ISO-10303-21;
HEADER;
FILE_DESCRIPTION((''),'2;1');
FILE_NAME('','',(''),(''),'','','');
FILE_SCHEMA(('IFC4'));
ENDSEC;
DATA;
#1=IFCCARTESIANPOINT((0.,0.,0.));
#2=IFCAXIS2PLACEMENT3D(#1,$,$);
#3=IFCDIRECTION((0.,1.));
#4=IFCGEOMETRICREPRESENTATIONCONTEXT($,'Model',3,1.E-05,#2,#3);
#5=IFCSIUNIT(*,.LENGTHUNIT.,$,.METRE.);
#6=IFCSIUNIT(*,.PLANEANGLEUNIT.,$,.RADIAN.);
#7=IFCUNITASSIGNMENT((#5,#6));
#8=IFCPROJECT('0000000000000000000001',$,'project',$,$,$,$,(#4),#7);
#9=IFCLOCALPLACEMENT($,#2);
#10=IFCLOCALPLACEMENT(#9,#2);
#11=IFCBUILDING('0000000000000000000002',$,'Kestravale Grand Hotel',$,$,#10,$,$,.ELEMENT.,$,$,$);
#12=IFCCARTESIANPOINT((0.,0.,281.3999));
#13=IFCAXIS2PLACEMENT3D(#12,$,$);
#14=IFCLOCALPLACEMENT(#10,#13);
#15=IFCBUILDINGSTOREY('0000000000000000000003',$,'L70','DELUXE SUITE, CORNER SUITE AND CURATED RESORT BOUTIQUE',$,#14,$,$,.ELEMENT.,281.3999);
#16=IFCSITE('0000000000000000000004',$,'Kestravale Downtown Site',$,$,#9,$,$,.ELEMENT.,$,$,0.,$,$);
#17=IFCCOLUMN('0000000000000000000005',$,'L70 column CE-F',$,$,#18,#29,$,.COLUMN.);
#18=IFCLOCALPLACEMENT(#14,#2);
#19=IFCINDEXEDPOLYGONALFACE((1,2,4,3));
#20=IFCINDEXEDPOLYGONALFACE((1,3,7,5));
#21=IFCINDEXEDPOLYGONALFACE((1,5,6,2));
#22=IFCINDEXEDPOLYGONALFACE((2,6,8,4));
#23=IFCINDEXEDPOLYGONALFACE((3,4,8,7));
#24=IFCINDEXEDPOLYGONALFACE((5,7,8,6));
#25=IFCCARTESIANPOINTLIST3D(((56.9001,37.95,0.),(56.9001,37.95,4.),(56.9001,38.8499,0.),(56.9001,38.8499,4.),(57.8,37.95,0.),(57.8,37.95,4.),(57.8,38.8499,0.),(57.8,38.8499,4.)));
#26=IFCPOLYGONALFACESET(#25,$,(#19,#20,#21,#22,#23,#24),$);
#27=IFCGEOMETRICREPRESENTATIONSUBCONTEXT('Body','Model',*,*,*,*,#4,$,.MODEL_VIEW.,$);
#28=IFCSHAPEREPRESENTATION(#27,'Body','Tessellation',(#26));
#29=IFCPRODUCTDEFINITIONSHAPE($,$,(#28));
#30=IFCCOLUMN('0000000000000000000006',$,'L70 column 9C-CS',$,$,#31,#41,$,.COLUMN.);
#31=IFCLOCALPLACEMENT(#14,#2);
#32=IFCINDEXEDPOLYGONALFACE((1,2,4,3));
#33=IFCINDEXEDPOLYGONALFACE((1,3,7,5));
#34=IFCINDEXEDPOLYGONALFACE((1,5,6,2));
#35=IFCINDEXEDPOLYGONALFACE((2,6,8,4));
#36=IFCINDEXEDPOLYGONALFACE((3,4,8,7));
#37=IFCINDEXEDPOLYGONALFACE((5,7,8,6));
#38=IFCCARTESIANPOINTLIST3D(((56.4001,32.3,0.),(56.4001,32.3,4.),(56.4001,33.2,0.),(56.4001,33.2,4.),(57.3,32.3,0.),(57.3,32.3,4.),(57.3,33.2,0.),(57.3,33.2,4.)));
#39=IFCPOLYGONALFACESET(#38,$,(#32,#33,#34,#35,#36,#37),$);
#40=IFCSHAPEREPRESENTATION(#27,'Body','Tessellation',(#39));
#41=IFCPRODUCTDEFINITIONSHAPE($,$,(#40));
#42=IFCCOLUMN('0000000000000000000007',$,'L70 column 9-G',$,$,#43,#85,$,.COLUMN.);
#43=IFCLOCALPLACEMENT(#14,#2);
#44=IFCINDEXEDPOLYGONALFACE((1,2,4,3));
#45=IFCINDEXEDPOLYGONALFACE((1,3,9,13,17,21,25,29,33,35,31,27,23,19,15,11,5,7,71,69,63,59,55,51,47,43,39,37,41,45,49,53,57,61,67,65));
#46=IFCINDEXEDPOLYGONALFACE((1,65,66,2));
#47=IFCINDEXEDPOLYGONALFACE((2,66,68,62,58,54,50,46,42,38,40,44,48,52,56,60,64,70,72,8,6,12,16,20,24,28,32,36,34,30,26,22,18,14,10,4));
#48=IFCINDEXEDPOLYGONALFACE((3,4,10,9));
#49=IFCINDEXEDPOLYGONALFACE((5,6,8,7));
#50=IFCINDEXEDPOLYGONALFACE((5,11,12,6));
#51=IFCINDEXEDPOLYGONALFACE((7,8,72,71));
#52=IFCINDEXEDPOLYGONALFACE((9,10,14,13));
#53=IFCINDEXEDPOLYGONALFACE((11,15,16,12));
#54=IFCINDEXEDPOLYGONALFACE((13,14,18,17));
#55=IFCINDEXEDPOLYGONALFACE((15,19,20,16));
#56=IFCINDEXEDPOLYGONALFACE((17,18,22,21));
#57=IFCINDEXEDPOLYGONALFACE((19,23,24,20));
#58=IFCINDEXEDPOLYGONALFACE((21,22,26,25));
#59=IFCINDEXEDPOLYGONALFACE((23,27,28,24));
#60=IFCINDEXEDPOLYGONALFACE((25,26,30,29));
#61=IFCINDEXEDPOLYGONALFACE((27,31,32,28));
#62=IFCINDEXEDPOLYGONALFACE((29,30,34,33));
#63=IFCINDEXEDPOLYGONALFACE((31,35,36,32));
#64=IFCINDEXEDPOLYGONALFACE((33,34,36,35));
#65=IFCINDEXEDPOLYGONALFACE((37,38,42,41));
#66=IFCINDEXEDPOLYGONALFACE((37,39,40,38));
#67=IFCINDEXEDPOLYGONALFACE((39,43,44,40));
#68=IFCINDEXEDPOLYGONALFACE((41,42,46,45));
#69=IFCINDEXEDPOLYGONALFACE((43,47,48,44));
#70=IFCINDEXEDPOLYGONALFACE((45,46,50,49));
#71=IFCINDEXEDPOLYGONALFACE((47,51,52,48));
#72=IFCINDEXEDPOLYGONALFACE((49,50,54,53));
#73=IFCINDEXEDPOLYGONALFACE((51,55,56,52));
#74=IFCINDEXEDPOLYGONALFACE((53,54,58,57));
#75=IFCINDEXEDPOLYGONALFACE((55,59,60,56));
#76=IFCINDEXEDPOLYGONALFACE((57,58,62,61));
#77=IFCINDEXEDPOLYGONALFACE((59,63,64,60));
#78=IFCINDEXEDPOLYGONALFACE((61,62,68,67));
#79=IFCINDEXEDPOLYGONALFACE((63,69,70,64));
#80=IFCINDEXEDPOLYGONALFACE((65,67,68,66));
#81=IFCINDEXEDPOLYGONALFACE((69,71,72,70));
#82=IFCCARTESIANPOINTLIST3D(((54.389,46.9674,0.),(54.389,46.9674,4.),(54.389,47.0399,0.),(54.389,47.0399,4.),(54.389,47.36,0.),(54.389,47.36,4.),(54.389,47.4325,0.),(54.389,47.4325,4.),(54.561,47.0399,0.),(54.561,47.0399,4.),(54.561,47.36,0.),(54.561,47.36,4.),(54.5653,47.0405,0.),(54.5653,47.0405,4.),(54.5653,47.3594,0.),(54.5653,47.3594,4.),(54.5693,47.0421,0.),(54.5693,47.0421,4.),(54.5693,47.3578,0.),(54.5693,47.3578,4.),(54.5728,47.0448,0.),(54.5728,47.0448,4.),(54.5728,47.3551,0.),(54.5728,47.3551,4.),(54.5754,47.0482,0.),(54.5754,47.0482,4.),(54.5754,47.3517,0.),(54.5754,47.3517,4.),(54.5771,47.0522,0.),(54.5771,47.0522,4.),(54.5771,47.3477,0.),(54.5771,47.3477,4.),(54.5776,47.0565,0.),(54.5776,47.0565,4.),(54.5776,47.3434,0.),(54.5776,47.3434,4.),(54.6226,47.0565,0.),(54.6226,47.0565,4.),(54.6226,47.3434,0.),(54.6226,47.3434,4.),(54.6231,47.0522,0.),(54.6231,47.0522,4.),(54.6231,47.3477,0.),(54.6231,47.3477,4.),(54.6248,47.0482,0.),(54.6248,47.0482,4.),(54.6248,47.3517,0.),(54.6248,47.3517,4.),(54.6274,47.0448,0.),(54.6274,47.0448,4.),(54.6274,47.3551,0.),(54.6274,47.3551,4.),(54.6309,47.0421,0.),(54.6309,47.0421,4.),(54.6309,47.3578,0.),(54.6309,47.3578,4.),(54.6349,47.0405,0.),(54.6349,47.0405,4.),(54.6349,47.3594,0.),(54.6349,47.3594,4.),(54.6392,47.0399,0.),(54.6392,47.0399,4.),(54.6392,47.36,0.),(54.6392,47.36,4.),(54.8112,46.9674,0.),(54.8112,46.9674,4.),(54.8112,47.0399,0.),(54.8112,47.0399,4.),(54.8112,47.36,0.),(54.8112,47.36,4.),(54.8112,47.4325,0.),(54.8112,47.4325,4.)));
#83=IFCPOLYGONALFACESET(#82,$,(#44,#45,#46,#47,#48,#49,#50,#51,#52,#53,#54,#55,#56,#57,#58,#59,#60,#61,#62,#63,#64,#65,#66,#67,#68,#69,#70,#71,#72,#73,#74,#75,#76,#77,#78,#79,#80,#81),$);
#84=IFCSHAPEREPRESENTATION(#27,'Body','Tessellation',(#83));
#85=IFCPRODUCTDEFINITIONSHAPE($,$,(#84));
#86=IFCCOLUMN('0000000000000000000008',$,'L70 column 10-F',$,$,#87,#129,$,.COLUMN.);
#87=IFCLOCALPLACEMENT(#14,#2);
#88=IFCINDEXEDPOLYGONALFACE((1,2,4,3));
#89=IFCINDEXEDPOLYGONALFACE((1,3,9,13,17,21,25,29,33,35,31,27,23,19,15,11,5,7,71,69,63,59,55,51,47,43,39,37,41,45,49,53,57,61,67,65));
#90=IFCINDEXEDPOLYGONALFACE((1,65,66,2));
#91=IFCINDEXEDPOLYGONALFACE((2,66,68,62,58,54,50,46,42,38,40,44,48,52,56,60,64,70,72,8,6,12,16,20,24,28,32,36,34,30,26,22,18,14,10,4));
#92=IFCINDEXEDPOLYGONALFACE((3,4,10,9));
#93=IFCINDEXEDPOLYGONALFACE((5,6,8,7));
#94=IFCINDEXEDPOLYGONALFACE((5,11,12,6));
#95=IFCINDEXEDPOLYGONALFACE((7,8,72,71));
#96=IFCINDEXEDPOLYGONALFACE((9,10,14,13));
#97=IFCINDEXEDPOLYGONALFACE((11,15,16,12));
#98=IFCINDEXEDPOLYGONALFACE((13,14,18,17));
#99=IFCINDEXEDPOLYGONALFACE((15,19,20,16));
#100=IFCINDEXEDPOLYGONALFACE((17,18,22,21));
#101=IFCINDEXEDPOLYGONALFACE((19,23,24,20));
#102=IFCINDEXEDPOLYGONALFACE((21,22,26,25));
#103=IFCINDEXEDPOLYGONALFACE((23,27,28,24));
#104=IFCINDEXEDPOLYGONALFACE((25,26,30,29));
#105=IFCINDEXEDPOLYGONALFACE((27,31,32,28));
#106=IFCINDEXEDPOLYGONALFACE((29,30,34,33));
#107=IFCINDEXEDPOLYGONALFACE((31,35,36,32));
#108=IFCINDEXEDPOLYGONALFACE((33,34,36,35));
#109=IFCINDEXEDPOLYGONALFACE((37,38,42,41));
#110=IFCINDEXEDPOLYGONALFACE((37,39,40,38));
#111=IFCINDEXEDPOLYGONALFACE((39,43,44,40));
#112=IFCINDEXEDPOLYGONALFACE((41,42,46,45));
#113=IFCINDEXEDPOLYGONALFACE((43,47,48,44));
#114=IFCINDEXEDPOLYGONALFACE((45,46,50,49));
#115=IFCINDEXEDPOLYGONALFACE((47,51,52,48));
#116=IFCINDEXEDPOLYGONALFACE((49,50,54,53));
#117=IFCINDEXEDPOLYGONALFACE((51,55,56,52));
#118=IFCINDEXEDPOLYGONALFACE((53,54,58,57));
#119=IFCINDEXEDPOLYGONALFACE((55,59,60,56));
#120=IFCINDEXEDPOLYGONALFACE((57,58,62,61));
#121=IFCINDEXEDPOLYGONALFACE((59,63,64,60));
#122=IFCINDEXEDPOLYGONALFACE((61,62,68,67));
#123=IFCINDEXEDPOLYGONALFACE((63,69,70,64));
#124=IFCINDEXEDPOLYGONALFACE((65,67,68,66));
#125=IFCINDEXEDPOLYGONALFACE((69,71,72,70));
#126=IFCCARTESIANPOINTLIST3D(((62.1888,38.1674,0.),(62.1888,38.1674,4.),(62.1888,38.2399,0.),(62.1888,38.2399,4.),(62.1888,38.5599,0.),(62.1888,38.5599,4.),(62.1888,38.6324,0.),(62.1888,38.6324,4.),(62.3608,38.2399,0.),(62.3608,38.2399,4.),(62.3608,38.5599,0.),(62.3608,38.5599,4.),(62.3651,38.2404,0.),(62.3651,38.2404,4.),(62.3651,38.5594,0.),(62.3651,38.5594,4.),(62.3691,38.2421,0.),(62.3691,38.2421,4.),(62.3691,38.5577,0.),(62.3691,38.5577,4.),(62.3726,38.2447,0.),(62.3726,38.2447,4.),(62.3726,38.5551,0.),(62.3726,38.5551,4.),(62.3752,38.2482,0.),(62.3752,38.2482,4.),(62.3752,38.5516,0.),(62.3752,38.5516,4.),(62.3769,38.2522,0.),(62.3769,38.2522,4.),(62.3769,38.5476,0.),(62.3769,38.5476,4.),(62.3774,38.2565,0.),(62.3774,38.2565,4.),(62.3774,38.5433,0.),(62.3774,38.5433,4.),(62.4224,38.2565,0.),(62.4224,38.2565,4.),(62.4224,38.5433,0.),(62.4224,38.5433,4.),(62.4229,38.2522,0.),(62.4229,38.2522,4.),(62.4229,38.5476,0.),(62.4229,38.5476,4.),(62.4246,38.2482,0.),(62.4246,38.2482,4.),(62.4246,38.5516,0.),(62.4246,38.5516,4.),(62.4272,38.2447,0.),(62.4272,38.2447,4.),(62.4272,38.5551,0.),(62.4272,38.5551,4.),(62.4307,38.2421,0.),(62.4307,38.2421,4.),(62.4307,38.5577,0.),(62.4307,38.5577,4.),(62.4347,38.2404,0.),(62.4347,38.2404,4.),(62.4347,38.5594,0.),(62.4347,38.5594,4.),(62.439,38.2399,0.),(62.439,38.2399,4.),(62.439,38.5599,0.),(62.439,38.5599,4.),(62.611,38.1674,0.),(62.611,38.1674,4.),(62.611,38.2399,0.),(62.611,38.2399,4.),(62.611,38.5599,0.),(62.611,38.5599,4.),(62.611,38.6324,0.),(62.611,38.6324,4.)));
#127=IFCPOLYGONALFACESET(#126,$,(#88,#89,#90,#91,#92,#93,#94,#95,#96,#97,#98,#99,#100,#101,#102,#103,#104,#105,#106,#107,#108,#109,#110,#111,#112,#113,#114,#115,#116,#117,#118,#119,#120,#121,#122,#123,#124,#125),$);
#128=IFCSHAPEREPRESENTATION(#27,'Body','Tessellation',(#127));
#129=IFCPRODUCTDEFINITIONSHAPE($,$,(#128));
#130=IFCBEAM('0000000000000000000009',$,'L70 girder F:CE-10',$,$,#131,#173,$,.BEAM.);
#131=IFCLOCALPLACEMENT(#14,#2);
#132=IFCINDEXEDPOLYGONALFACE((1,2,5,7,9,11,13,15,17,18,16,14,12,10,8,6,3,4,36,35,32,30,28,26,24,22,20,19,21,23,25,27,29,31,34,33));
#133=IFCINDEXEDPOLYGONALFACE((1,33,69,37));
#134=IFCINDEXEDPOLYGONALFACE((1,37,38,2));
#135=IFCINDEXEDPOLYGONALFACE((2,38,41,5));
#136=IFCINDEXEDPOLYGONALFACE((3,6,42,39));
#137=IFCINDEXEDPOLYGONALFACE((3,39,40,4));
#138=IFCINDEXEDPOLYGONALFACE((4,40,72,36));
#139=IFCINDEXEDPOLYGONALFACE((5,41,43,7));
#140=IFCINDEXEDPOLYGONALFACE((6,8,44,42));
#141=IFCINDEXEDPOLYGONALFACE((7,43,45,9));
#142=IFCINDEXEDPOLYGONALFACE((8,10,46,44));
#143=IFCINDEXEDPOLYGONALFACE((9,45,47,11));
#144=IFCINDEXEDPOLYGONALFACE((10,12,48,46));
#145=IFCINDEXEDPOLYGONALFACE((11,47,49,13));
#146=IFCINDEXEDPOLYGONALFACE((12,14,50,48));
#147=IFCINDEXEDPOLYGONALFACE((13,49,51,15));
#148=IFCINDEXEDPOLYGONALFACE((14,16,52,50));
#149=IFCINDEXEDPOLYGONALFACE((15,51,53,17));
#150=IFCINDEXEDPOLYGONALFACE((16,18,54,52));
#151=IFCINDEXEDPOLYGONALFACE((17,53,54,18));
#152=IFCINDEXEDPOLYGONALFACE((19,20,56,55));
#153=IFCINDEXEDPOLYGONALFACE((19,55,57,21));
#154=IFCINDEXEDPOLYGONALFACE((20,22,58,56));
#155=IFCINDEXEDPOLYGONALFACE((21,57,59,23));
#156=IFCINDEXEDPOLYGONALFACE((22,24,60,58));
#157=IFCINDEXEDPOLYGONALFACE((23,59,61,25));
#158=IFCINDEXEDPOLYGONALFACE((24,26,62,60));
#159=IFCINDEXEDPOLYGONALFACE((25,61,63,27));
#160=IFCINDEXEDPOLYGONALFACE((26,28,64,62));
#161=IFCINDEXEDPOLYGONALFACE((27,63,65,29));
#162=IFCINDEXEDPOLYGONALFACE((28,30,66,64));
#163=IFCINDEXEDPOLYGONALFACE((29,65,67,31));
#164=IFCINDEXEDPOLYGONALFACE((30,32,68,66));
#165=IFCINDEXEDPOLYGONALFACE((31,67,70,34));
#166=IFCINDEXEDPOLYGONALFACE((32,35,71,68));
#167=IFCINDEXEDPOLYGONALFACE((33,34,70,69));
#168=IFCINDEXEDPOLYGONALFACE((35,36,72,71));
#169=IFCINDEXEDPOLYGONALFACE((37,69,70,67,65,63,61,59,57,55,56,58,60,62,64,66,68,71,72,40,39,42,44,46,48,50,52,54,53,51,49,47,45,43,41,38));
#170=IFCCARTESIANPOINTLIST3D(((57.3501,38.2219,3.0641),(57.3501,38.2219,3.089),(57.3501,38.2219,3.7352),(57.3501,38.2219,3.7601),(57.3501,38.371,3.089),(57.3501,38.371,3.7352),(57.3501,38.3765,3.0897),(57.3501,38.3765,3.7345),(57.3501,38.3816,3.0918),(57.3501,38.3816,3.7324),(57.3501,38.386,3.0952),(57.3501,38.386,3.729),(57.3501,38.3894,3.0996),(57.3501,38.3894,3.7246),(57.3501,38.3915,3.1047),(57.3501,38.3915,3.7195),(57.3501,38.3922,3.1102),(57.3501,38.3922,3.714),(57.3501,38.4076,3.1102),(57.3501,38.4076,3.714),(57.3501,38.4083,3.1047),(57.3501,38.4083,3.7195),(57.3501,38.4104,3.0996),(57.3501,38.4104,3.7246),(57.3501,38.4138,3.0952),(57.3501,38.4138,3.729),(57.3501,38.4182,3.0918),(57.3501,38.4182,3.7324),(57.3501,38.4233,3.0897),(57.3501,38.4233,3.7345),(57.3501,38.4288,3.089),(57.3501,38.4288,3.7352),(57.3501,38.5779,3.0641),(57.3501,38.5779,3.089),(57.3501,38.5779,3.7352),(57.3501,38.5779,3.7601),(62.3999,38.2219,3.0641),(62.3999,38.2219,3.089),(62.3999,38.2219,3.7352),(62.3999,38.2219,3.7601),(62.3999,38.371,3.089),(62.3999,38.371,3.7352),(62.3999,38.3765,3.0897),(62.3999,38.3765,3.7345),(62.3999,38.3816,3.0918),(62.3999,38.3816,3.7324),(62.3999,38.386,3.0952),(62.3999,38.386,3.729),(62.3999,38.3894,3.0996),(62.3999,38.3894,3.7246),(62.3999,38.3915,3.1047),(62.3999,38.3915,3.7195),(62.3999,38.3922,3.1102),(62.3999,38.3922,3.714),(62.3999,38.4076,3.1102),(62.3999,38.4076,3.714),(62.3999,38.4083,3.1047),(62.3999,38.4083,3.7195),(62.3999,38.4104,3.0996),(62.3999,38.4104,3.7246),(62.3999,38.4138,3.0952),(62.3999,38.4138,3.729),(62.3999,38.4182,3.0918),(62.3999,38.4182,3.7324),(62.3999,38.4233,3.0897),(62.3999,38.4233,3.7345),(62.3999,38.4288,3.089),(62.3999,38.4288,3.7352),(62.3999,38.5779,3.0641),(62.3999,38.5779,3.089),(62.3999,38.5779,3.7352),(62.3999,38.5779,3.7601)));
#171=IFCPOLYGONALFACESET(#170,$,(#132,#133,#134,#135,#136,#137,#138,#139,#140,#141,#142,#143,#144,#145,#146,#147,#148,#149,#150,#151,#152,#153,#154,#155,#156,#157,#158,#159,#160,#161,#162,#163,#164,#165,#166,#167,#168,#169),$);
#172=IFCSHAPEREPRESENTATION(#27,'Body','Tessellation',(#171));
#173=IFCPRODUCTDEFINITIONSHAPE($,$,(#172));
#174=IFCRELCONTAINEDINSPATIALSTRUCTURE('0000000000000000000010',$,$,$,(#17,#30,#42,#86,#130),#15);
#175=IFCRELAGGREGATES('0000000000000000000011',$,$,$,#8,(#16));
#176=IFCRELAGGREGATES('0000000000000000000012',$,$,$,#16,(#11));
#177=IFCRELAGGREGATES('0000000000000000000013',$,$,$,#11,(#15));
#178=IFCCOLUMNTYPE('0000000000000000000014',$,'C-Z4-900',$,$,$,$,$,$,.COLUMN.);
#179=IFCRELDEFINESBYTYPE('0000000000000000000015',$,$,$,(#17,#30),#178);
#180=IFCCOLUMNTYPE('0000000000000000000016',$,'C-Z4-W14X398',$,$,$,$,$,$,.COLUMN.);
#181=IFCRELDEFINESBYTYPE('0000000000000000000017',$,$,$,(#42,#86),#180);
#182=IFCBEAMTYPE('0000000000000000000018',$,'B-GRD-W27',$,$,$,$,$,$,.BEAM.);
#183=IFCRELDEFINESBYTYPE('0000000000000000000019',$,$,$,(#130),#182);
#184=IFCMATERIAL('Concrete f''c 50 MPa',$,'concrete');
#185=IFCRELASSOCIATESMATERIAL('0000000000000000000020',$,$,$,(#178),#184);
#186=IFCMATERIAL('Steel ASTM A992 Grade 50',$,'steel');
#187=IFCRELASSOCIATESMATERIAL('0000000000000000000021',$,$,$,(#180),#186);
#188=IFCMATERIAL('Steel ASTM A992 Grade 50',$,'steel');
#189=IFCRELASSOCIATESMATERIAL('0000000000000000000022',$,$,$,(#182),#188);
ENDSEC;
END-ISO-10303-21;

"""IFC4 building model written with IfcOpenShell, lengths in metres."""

from ifc_helpers import new_model, si_unit, direction, frame, origin, origin_2d, place, context, subcontext, project, spatial, rectangle, i_section, extrude, material, material_profile, profile_set, type_object, element, save


model = new_model("IFC4")

# Units and contexts
model_context = context("Model", 3, precision=1e-05, world=origin(), true_north=direction((0.0, 1.0)))
body_context = subcontext(model_context, "Body", "Model", "MODEL_VIEW")
ifc_project = project(units=[si_unit("LENGTHUNIT", "METRE"), si_unit("PLANEANGLEUNIT", "RADIAN")], contexts=[model_context])

# Site, building, storey
site_placement = place(None, origin())
site = spatial("IfcSite", under=ifc_project, at=site_placement, Name="Kestravale Downtown Site", CompositionType="ELEMENT", RefElevation=0.0)
building_placement = place(site_placement, origin())
building = spatial("IfcBuilding", under=site, at=building_placement, Name="Kestravale Grand Hotel", CompositionType="ELEMENT")
storey_placement = place(building_placement, frame((0.0, 0.0, 281.3999)))
storey = spatial("IfcBuildingStorey", under=building, at=storey_placement, Name="L70", Description="DELUXE SUITE, CORNER SUITE AND CURATED RESORT BOUTIQUE", CompositionType="ELEMENT", Elevation=281.3999)

# Columns
ifc_material_1 = material(Name="Concrete f'c 50 MPa", Category="concrete")
ifc_material_profile_1 = material_profile(ifc_material_1, rectangle(XDim=0.8999, YDim=0.8999, at=origin_2d()))
ifc_profile_set_1 = profile_set([ifc_material_profile_1], Name="Concrete f'c 50 MPa")
column_type_1 = type_object("IfcColumnType", Name="C-Z4-900", PredefinedType="COLUMN", material=ifc_profile_set_1)
for number, where, z_axis, x_axis, name in (
    (1, (57.3501, 38.3999, 0.0), (0.0, 0.0, 1.0), (1.0, 0.0, 0.0), "L70 column CE-F"),
    (2, (56.8501, 32.75, 0.0), (0.0, 0.0, 1.0), (1.0, 0.0, 0.0), "L70 column 9C-CS"),
):
    element("IfcColumn", number, at=place(storey_placement, frame(where, z_axis=z_axis, x_axis=x_axis)), inside=storey, type_object=column_type_1, Name=name, PredefinedType="COLUMN", context=body_context, shape_type="SweptSolid", body=[
        extrude(rectangle(XDim=0.8999, YDim=0.8999, at=origin_2d()), origin(), (0.0, 0.0, 1.0), 4.0),
    ])
ifc_material_2 = material(Name="Steel ASTM A992 Grade 50", Category="steel")
ifc_material_profile_2 = material_profile(ifc_material_2, i_section(OverallWidth=0.4221, OverallDepth=0.4651, WebThickness=0.0449, FlangeThickness=0.0725, FilletRadius=0.0166, at=origin_2d()))
ifc_profile_set_2 = profile_set([ifc_material_profile_2], Name="Steel ASTM A992 Grade 50")
column_type_2 = type_object("IfcColumnType", Name="C-Z4-W14X398", PredefinedType="COLUMN", material=ifc_profile_set_2)
for number, where, z_axis, x_axis, name in (
    (3, (54.6001, 47.2, 0.0), (0.0, 0.0, 1.0), (1.0, 0.0, 0.0), "L70 column 9-G"),
    (4, (62.3999, 38.3999, 0.0), (0.0, 0.0, 1.0), (1.0, 0.0, 0.0), "L70 column 10-F"),
):
    element("IfcColumn", number, at=place(storey_placement, frame(where, z_axis=z_axis, x_axis=x_axis)), inside=storey, type_object=column_type_2, Name=name, PredefinedType="COLUMN", context=body_context, shape_type="SweptSolid", body=[
        extrude(i_section(OverallWidth=0.4221, OverallDepth=0.4651, WebThickness=0.0449, FlangeThickness=0.0725, FilletRadius=0.0166, at=origin_2d()), origin(), (0.0, 0.0, 1.0), 4.0),
    ])

# Beam
ifc_material_3 = material(Name="Steel ASTM A992 Grade 50", Category="steel")
ifc_material_profile_3 = material_profile(ifc_material_3, i_section(OverallWidth=0.356, OverallDepth=0.696, WebThickness=0.0154, FlangeThickness=0.0249, FilletRadius=0.0212, at=origin_2d()))
ifc_profile_set_3 = profile_set([ifc_material_profile_3], Name="Steel ASTM A992 Grade 50")
beam_type = type_object("IfcBeamType", Name="B-GRD-W27", PredefinedType="BEAM", material=ifc_profile_set_3)
beam_1_placement = place(storey_placement, frame((57.3501, 38.3999, 3.4121), z_axis=(1.0, 0.0, 0.0), x_axis=(0.0, 1.0, 0.0)))
element("IfcBeam", 5, at=beam_1_placement, inside=storey, type_object=beam_type, Name="L70 girder F:CE-10", PredefinedType="BEAM", context=body_context, shape_type="SweptSolid", body=[
    extrude(i_section(OverallWidth=0.356, OverallDepth=0.696, WebThickness=0.0154, FlangeThickness=0.0249, FilletRadius=0.0212, at=origin_2d()), origin(), (0.0, 0.0, 1.0), 5.0498),
])

save(model, "model.ifc")
